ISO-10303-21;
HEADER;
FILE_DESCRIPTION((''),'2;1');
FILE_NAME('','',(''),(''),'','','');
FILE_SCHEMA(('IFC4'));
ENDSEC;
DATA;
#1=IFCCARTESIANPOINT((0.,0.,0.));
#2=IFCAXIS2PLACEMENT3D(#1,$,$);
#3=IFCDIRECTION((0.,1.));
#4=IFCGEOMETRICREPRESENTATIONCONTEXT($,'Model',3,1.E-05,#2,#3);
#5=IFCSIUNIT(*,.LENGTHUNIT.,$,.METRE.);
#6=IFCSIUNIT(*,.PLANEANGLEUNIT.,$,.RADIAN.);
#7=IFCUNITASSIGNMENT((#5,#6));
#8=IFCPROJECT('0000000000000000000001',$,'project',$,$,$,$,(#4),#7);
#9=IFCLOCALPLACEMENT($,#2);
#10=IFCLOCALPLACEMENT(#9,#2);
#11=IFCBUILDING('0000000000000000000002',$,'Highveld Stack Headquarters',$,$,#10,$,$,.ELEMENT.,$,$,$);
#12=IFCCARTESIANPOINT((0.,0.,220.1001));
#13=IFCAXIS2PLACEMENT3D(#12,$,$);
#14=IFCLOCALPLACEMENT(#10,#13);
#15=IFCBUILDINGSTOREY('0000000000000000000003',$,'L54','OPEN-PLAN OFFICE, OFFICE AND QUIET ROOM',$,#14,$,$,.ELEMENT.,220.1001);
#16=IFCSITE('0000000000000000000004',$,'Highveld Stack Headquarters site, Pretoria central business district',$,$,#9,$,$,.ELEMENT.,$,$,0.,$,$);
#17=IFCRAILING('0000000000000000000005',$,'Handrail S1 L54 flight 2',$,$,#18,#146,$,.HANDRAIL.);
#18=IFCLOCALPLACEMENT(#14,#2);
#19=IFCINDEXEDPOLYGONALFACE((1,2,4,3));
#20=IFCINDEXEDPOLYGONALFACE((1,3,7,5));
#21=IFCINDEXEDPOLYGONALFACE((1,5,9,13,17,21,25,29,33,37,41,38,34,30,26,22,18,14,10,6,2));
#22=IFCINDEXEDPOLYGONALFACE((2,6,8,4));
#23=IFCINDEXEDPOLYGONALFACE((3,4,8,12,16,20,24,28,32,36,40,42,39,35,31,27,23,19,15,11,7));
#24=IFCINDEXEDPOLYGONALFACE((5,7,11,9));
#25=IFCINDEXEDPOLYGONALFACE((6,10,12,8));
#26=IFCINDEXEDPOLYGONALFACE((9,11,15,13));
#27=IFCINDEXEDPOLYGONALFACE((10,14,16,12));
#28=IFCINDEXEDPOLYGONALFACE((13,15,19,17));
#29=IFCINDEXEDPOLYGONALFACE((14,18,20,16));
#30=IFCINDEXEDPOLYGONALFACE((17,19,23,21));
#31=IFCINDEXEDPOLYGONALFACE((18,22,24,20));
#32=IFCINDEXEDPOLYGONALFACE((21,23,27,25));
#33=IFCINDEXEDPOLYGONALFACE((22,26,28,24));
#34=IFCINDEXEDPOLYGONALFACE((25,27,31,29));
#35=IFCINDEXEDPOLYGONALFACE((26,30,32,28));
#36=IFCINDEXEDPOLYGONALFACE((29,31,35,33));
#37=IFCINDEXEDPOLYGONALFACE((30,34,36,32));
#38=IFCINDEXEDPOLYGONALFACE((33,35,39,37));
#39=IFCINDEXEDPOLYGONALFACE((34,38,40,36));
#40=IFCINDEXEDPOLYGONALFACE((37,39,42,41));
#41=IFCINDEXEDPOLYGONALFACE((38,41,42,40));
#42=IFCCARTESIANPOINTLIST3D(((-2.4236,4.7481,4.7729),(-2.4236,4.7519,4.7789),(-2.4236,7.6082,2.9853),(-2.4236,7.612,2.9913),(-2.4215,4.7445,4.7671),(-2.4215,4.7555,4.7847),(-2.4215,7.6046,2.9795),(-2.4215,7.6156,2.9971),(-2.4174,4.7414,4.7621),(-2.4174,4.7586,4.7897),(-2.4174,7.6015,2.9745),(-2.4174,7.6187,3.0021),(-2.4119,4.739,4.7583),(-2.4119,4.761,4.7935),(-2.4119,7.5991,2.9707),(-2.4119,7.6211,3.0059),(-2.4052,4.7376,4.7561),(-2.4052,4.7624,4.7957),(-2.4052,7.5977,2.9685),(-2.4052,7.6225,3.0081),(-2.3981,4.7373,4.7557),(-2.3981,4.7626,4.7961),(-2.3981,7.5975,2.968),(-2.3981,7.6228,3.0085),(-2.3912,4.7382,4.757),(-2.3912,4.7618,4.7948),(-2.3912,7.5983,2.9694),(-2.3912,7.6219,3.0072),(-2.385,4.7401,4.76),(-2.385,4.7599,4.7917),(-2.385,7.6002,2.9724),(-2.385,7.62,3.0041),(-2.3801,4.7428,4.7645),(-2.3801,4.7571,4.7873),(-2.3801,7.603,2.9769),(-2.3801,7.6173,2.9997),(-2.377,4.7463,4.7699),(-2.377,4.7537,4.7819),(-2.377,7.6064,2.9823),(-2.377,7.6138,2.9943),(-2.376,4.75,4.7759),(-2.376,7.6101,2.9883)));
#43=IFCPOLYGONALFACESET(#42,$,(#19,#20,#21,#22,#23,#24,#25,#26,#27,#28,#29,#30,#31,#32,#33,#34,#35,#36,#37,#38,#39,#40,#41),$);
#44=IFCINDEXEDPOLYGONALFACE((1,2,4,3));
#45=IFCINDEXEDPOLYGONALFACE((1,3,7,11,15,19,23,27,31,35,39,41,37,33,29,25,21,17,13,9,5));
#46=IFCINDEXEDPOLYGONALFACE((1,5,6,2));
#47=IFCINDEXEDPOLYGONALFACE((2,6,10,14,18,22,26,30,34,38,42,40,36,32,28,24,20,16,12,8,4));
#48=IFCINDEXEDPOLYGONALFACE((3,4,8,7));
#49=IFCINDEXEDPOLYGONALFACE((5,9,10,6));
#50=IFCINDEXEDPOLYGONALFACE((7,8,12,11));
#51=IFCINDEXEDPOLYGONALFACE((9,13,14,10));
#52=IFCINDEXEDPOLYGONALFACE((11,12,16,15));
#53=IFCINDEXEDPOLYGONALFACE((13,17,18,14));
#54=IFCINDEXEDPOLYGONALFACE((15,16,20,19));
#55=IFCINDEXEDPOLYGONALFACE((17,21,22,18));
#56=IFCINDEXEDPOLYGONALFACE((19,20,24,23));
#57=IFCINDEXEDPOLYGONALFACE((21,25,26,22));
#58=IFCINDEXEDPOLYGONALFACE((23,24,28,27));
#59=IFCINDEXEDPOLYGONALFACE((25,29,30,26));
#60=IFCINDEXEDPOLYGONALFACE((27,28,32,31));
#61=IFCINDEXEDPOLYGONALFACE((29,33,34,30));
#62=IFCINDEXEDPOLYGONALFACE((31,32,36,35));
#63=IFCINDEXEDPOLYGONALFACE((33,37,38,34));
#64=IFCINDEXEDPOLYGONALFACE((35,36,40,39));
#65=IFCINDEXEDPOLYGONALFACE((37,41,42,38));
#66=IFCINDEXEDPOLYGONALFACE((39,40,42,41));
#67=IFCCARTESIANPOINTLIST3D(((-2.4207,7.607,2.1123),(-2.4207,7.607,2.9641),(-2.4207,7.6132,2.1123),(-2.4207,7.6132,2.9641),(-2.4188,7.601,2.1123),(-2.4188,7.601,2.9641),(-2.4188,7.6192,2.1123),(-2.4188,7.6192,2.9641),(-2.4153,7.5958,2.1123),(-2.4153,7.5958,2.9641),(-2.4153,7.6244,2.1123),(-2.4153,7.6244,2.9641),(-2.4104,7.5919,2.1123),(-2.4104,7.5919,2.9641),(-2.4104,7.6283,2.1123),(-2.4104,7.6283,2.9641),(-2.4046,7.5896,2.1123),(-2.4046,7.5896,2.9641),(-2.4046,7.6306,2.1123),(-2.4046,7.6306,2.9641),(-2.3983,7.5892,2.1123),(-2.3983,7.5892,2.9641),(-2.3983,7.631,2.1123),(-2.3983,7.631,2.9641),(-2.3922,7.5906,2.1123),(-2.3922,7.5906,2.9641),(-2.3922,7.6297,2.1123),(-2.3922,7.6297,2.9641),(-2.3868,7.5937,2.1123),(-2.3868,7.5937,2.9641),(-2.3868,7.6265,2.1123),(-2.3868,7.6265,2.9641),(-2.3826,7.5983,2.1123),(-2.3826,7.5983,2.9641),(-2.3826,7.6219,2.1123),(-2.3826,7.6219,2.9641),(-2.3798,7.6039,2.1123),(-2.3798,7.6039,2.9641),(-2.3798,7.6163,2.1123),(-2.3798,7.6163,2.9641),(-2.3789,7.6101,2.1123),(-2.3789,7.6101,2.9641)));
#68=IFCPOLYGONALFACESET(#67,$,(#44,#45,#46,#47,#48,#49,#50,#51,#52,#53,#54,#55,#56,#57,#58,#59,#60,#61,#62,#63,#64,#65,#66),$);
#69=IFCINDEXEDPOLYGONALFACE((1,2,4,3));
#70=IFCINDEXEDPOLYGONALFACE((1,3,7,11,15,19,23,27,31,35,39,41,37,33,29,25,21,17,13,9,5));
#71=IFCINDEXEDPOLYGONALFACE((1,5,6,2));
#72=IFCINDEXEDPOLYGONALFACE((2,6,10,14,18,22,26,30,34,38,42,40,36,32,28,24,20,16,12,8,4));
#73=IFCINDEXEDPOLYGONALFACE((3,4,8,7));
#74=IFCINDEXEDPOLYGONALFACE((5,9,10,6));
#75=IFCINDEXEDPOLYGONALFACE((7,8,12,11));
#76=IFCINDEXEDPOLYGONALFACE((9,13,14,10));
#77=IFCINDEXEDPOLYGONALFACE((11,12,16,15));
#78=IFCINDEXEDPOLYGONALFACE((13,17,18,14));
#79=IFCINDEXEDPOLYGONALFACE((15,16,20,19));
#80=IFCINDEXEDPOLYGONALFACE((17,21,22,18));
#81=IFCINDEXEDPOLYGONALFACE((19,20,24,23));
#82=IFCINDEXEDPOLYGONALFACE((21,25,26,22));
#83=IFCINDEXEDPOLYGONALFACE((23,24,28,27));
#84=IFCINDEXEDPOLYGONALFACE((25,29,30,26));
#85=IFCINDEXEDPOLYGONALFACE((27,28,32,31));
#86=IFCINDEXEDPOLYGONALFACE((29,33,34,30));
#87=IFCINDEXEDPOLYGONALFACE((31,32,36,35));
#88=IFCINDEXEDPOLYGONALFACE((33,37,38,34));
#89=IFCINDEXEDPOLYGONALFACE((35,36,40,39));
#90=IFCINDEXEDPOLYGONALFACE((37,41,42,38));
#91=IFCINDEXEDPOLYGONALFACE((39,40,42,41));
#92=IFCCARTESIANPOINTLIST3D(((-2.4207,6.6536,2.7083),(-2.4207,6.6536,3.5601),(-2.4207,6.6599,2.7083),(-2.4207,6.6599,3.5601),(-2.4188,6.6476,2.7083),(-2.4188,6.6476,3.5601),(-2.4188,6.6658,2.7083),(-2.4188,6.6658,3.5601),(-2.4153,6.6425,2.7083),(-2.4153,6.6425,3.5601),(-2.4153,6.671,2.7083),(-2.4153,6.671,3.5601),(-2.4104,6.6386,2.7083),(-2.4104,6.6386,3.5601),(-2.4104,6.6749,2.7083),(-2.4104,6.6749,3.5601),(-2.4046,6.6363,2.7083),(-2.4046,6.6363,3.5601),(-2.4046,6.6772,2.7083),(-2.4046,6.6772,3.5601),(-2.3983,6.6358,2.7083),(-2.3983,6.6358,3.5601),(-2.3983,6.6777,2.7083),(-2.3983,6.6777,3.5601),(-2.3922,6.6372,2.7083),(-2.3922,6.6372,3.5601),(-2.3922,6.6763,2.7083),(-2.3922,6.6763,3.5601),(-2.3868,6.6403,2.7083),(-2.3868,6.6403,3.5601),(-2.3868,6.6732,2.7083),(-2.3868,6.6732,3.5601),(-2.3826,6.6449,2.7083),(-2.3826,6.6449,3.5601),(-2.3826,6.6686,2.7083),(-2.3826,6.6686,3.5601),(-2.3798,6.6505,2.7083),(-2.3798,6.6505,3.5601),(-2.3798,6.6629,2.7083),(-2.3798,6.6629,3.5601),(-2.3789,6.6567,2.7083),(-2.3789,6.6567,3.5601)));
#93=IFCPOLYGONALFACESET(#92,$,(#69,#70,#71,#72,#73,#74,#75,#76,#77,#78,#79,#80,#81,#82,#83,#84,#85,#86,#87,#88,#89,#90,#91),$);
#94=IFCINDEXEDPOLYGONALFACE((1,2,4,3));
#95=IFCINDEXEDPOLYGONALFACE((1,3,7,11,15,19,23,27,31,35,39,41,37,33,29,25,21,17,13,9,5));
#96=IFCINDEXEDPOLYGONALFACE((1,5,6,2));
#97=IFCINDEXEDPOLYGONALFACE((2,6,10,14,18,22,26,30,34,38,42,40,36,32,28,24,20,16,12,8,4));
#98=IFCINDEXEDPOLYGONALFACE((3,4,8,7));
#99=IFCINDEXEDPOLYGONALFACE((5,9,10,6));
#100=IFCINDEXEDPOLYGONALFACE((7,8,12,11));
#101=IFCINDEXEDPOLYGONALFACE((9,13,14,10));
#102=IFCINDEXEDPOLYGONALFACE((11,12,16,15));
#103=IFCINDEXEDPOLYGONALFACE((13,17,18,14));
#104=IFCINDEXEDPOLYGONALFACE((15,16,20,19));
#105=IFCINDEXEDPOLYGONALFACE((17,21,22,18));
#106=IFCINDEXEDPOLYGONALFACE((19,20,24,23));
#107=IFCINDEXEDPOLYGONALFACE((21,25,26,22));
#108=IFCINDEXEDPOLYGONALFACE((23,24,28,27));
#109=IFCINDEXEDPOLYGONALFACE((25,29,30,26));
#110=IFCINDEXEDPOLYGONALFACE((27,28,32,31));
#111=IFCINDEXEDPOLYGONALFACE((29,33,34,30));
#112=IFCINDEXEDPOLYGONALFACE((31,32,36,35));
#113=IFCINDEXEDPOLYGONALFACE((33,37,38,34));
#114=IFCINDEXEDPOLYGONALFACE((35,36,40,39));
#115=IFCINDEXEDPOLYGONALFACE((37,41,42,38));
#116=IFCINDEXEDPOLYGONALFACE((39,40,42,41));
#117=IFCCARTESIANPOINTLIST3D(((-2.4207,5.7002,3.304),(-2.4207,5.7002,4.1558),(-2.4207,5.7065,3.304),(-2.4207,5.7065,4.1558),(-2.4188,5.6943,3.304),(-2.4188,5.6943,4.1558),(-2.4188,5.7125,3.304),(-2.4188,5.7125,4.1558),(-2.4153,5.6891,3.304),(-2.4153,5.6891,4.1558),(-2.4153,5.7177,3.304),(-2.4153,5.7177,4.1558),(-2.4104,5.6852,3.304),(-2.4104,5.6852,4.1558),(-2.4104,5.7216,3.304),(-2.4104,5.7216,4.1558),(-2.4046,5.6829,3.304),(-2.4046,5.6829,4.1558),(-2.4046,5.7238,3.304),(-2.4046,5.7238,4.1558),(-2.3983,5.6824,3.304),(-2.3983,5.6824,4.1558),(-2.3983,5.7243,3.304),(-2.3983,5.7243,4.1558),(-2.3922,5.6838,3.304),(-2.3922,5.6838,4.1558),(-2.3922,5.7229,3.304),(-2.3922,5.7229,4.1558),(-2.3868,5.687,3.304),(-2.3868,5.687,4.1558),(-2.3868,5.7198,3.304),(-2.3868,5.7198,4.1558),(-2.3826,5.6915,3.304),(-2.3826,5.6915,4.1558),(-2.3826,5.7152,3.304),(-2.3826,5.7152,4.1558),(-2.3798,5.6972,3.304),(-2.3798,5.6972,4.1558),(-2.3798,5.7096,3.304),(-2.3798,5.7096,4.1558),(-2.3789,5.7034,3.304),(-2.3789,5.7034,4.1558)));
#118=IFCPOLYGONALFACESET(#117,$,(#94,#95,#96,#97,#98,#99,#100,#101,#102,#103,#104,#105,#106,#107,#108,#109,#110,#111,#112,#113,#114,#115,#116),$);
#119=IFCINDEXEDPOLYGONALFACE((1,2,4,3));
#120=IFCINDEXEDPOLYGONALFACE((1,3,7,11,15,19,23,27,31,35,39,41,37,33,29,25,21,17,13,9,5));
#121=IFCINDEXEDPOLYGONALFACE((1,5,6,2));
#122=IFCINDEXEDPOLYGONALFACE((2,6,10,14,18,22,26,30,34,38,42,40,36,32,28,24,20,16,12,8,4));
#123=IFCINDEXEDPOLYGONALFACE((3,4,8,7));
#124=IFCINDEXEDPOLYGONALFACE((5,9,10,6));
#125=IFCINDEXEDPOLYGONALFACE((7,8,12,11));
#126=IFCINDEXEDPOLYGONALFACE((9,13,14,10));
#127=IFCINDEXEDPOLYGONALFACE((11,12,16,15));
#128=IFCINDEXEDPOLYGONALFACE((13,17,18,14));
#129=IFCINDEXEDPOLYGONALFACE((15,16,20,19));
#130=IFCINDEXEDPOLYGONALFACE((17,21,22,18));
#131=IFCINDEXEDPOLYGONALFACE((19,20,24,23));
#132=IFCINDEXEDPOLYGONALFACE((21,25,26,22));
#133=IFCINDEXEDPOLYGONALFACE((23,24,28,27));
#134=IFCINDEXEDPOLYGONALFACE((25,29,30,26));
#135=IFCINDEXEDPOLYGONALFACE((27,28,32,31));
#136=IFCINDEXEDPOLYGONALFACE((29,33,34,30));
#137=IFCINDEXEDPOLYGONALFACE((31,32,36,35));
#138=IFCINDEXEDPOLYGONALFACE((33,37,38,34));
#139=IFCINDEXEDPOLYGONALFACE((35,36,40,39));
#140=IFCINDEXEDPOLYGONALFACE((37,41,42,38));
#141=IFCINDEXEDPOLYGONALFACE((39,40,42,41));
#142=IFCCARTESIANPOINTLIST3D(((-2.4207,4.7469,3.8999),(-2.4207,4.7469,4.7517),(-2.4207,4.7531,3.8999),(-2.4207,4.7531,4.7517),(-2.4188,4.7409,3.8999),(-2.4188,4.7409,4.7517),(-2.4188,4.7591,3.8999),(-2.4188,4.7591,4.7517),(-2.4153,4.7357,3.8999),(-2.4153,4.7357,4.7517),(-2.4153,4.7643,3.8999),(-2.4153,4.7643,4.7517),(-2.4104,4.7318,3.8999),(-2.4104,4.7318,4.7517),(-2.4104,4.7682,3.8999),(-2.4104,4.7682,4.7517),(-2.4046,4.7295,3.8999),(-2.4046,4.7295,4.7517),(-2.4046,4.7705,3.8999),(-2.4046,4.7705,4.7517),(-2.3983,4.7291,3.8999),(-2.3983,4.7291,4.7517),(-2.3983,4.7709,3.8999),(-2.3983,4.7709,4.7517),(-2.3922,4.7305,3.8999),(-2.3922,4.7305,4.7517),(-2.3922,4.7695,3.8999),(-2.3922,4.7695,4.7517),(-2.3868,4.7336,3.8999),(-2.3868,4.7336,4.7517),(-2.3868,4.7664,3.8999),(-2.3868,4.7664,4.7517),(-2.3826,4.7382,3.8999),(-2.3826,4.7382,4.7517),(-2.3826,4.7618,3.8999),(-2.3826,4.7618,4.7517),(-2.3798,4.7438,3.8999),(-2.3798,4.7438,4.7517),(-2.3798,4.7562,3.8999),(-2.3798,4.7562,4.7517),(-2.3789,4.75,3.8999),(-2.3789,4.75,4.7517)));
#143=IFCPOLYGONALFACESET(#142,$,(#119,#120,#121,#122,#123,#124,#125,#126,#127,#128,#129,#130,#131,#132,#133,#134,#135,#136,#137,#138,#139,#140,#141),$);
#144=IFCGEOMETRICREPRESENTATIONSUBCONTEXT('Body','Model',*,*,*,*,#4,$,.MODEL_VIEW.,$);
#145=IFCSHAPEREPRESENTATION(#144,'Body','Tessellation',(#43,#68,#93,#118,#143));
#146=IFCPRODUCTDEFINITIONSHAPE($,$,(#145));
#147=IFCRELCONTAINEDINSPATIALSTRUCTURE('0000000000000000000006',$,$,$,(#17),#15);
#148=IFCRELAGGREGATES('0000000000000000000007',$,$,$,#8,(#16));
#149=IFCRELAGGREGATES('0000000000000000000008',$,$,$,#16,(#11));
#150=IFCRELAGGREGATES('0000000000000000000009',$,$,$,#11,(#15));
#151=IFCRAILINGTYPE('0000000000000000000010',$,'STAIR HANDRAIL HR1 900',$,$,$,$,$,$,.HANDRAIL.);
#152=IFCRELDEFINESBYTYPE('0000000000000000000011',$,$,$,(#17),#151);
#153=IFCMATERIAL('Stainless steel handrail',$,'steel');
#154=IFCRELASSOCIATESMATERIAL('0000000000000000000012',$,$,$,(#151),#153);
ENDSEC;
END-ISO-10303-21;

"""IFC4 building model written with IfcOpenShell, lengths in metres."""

from ifc_helpers import new_model, si_unit, direction, frame, origin, origin_2d, place, context, subcontext, project, spatial, circle, extrude, material, type_object, element, save


model = new_model("IFC4")

# Units and contexts
model_context = context("Model", 3, precision=1e-05, world=origin(), true_north=direction((0.0, 1.0)))
body_context = subcontext(model_context, "Body", "Model", "MODEL_VIEW")
ifc_project = project(units=[si_unit("LENGTHUNIT", "METRE"), si_unit("PLANEANGLEUNIT", "RADIAN")], contexts=[model_context])

# Site, building, storey
site_placement = place(None, origin())
site = spatial("IfcSite", under=ifc_project, at=site_placement, Name="Highveld Stack Headquarters site, Pretoria central business district", CompositionType="ELEMENT", RefElevation=0.0)
building_placement = place(site_placement, origin())
building = spatial("IfcBuilding", under=site, at=building_placement, Name="Highveld Stack Headquarters", CompositionType="ELEMENT")
storey_placement = place(building_placement, frame((0.0, 0.0, 220.1001)))
storey = spatial("IfcBuildingStorey", under=building, at=storey_placement, Name="L54", Description="OPEN-PLAN OFFICE, OFFICE AND QUIET ROOM", CompositionType="ELEMENT", Elevation=220.1001)

# Railing
ifc_material_1 = material(Name="Stainless steel handrail", Category="steel")
railing_type = type_object("IfcRailingType", Name="STAIR HANDRAIL HR1 900", PredefinedType="HANDRAIL", material=ifc_material_1)
for number, where, name in (
    (1, (-2.3999, 7.6101, 2.1123), "Handrail S1 L54 flight 2"),
):
    element("IfcRailing", number, at=place(storey_placement, frame(where)), inside=storey, type_object=railing_type, Name=name, PredefinedType="HANDRAIL", context=body_context, shape_type="SweptSolid", body=[
        extrude(circle(Radius=0.0239, at=origin_2d()), frame((0.0, 0.0, 0.876), z_axis=(0.0, -0.847994, 0.530005), x_axis=(1.0, 0.0, 0.0)), (0.0, 0.0, 1.0), 3.3728),
        extrude(circle(Radius=0.021, at=origin_2d()), origin(), (0.0, 0.0, 1.0), 0.8518),
        extrude(circle(Radius=0.021, at=origin_2d()), frame((0.0, -0.9534, 0.5959)), (0.0, 0.0, 1.0), 0.8518),
        extrude(circle(Radius=0.021, at=origin_2d()), frame((0.0, -1.9067, 1.1917)), (0.0, 0.0, 1.0), 0.8518),
        extrude(circle(Radius=0.021, at=origin_2d()), frame((0.0, -2.8601, 1.7876)), (0.0, 0.0, 1.0), 0.8518),
    ])

save(model, "model.ifc")
